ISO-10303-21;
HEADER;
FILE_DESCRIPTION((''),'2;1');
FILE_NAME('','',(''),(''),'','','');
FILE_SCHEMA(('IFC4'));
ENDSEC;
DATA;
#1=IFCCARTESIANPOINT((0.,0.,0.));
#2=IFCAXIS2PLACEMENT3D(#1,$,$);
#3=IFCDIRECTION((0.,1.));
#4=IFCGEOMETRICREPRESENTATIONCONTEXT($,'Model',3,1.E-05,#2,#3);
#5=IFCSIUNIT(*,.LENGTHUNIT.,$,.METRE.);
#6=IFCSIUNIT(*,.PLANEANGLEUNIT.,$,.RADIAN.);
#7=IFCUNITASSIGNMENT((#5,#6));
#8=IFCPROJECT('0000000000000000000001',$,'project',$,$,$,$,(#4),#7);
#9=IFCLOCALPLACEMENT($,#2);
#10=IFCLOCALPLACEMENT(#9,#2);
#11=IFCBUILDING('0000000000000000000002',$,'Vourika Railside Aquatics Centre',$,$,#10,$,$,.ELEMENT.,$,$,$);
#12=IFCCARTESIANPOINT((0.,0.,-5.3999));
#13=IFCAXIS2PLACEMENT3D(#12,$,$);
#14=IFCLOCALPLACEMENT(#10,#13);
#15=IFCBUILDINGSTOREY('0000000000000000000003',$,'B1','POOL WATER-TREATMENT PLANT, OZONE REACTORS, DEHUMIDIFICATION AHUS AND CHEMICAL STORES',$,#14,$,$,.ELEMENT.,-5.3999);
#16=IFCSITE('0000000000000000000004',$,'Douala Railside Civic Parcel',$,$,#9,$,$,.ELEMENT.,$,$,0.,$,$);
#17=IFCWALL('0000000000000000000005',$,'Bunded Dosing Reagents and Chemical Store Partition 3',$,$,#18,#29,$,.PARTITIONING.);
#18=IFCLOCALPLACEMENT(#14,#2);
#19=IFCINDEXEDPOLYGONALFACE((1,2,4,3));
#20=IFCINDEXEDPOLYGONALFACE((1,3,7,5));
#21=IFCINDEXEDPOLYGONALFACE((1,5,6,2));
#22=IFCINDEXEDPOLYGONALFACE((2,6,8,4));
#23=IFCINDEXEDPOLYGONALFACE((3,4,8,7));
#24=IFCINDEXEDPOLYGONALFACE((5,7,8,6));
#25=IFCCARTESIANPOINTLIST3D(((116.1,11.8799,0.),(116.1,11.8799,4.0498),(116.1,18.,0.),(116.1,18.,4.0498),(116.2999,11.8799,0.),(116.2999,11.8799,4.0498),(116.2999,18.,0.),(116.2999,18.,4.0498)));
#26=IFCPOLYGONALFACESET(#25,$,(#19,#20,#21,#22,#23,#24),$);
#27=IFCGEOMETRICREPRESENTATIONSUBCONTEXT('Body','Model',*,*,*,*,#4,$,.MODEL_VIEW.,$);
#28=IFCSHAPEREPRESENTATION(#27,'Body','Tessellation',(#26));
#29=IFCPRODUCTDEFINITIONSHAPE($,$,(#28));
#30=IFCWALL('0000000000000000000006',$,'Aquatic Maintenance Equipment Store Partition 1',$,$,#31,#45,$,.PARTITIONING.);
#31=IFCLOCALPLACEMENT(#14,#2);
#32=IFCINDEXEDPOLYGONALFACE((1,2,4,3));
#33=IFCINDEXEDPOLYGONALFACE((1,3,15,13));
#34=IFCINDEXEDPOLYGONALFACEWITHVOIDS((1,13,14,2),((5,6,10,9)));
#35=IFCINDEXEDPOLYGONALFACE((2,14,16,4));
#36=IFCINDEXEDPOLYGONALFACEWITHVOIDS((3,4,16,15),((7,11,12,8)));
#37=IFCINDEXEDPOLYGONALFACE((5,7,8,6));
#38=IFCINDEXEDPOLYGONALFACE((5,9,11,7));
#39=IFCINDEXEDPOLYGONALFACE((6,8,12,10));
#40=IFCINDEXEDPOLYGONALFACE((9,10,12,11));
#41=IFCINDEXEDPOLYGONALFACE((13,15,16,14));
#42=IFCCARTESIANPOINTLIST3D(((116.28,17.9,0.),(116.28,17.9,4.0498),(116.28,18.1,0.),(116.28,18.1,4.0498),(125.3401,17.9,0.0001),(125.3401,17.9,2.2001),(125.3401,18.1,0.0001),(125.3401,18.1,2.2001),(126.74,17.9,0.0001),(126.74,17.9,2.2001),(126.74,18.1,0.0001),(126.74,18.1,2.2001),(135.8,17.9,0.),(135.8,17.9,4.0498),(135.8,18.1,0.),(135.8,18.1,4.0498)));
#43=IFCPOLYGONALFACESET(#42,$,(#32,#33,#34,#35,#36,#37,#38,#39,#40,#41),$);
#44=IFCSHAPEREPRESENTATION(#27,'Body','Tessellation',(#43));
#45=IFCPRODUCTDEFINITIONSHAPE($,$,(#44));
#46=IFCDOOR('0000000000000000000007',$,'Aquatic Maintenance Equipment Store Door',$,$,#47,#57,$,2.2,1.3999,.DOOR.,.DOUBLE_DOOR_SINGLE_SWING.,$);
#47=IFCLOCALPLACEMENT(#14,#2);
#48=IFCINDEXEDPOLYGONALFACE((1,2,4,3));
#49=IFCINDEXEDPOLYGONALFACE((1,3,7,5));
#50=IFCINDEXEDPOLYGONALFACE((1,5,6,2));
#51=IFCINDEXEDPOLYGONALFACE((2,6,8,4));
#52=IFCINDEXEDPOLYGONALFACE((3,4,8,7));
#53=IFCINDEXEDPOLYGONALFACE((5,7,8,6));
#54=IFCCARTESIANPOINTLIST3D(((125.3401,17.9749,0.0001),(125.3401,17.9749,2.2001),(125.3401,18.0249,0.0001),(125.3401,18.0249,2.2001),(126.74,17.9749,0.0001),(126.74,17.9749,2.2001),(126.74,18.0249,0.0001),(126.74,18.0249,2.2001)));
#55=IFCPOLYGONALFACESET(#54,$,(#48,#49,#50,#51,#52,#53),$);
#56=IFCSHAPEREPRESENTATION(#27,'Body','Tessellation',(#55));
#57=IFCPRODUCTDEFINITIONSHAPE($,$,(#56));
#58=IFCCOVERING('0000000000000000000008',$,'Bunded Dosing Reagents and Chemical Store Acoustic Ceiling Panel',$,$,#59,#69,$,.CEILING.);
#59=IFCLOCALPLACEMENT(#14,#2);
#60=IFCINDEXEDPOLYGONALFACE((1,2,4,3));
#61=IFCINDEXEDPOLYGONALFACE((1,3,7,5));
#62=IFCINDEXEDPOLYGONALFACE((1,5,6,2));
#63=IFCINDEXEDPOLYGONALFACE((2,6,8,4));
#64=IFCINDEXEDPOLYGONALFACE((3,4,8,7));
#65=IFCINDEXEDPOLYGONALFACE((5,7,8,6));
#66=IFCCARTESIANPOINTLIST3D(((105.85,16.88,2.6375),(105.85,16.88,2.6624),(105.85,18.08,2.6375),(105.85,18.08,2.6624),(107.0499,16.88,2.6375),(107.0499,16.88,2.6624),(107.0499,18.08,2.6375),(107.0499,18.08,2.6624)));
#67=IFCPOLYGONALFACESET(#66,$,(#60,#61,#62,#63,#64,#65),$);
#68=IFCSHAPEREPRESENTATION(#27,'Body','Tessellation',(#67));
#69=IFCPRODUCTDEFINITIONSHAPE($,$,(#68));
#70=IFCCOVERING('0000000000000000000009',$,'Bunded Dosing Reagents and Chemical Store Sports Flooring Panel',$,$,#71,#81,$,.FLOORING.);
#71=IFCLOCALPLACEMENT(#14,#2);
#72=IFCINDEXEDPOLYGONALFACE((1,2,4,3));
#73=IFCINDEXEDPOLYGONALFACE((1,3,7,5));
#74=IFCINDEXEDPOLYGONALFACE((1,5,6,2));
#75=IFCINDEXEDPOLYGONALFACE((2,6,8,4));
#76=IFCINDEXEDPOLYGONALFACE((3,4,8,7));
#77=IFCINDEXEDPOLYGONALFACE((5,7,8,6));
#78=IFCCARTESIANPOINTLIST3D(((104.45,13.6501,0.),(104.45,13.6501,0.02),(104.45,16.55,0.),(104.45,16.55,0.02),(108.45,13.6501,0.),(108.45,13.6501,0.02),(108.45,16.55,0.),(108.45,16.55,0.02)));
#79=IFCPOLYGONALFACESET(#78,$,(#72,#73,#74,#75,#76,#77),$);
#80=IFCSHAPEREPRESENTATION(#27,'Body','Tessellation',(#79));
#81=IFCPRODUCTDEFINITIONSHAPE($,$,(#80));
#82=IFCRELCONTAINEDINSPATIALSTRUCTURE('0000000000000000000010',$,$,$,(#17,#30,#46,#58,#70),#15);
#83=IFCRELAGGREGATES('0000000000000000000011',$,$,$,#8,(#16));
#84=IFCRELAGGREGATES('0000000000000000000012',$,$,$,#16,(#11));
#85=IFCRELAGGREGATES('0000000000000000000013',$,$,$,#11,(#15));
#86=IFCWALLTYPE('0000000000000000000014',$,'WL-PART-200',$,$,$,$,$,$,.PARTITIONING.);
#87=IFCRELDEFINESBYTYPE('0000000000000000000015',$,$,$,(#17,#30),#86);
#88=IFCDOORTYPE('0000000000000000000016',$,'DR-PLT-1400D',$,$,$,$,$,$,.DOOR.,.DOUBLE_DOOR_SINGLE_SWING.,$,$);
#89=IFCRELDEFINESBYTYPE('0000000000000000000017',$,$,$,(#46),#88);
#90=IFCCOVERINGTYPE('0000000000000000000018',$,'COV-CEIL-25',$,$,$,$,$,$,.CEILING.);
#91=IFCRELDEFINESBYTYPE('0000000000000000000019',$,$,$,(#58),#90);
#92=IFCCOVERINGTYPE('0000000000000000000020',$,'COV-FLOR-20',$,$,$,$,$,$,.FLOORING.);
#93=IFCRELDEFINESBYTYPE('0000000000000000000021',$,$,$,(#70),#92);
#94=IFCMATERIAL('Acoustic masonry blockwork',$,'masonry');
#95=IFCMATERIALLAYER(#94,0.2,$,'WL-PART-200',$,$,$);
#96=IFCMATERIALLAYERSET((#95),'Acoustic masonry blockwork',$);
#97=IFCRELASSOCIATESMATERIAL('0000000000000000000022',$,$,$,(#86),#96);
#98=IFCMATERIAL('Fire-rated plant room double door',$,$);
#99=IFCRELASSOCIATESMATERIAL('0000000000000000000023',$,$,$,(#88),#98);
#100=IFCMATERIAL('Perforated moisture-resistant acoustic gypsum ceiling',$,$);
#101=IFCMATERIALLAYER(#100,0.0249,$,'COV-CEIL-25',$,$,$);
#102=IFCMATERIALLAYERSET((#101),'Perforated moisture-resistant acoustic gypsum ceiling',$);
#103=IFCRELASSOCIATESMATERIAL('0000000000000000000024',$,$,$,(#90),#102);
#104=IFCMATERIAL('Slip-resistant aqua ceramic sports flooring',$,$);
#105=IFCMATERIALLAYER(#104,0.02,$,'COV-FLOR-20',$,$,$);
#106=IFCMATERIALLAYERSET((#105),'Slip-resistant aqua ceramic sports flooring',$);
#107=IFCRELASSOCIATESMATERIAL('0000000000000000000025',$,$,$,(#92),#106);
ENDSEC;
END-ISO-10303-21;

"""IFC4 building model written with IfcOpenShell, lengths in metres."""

from ifc_helpers import new_model, si_unit, direction, frame, frame_2d, origin, origin_2d, place, context, subcontext, project, spatial, rectangle, extrude, material, layer, layer_set, type_object, element, fill, save


model = new_model("IFC4")

# Units and contexts
model_context = context("Model", 3, precision=1e-05, world=origin(), true_north=direction((0.0, 1.0)))
body_context = subcontext(model_context, "Body", "Model", "MODEL_VIEW")
ifc_project = project(units=[si_unit("LENGTHUNIT", "METRE"), si_unit("PLANEANGLEUNIT", "RADIAN")], contexts=[model_context])

# Site, building, storey
site_placement = place(None, origin())
site = spatial("IfcSite", under=ifc_project, at=site_placement, Name="Douala Railside Civic Parcel", CompositionType="ELEMENT", RefElevation=0.0)
building_placement = place(site_placement, origin())
building = spatial("IfcBuilding", under=site, at=building_placement, Name="Vourika Railside Aquatics Centre", CompositionType="ELEMENT")
storey_placement = place(building_placement, frame((0.0, 0.0, -5.3999)))
storey = spatial("IfcBuildingStorey", under=building, at=storey_placement, Name="B1", Description="POOL WATER-TREATMENT PLANT, OZONE REACTORS, DEHUMIDIFICATION AHUS AND CHEMICAL STORES", CompositionType="ELEMENT", Elevation=-5.3999)

# Wall
ifc_material_1 = material(Name="Acoustic masonry blockwork", Category="masonry")
ifc_layer_1 = layer(ifc_material_1, 0.2, Name="WL-PART-200")
ifc_layer_set_1 = layer_set([ifc_layer_1], Name="Acoustic masonry blockwork")
wall_type_1 = type_object("IfcWallType", Name="WL-PART-200", PredefinedType="PARTITIONING", material=ifc_layer_set_1)
wall_1_placement = place(storey_placement, frame((116.2, 18.0, 0.0), z_axis=(0.0, 0.0, 1.0), x_axis=(0.0, -1.0, 0.0)))
element("IfcWall", 1, at=wall_1_placement, inside=storey, type_object=wall_type_1, Name="Bunded Dosing Reagents and Chemical Store Partition 3", PredefinedType="PARTITIONING", context=body_context, shape_type="SweptSolid", body=[
    extrude(rectangle(XDim=6.1201, YDim=0.2, at=frame_2d((3.0601, 0.0))), origin(), (0.0, 0.0, 1.0), 4.0498),
])

# Wall, opening, door
wall_2_placement = place(storey_placement, frame((116.28, 18.0, 0.0), z_axis=(0.0, 0.0, 1.0), x_axis=(1.0, 0.0, 0.0)))
wall_2 = element("IfcWall", 2, at=wall_2_placement, inside=storey, type_object=wall_type_1, Name="Aquatic Maintenance Equipment Store Partition 1", PredefinedType="PARTITIONING", context=body_context, shape_type="SweptSolid", body=[
    extrude(rectangle(XDim=19.52, YDim=0.2, at=frame_2d((9.76, 0.0))), origin(), (0.0, 0.0, 1.0), 4.0498),
])
opening_placement = place(wall_2_placement, frame((9.0601, 0.0, 0.0)))
opening = element("IfcOpeningElement", 3, at=opening_placement, cuts=wall_2, PredefinedType="OPENING", context=body_context, shape_type="SweptSolid", body=[
    extrude(rectangle(XDim=1.3999, YDim=2.2, at=frame_2d((0.7, 1.1001))), frame((0.0, 0.1099, 0.0), z_axis=(0.0, -1.0, 0.0), x_axis=(1.0, 0.0, 0.0)), (0.0, 0.0, 1.0), 0.22),
])
ifc_material_2 = material(Name="Fire-rated plant room double door")
door_type = type_object("IfcDoorType", Name="DR-PLT-1400D", OperationType="DOUBLE_DOOR_SINGLE_SWING", PredefinedType="DOOR", material=ifc_material_2)
door_placement = place(opening_placement, origin())
door = element("IfcDoor", 4, at=door_placement, inside=storey, type_object=door_type, Name="Aquatic Maintenance Equipment Store Door", OperationType="DOUBLE_DOOR_SINGLE_SWING", OverallHeight=2.2, OverallWidth=1.3999, PredefinedType="DOOR", context=body_context, shape_type="SweptSolid", body=[
    extrude(rectangle(XDim=1.3999, YDim=2.2, at=frame_2d((0.7, 1.1001))), frame((0.0, 0.0249, 0.0), z_axis=(0.0, -1.0, 0.0), x_axis=(1.0, 0.0, 0.0)), (0.0, 0.0, 1.0), 0.05),
])
fill(opening, door)

# Coverings
ifc_material_3 = material(Name="Perforated moisture-resistant acoustic gypsum ceiling")
ifc_layer_2 = layer(ifc_material_3, 0.0249, Name="COV-CEIL-25")
ifc_layer_set_2 = layer_set([ifc_layer_2], Name="Perforated moisture-resistant acoustic gypsum ceiling")
covering_type_1 = type_object("IfcCoveringType", Name="COV-CEIL-25", PredefinedType="CEILING", material=ifc_layer_set_2)
covering_1_placement = place(storey_placement, frame((106.45, 17.48, 2.6375), z_axis=(0.0, 0.0, 1.0), x_axis=(1.0, 0.0, 0.0)))
element("IfcCovering", 5, at=covering_1_placement, inside=storey, type_object=covering_type_1, Name="Bunded Dosing Reagents and Chemical Store Acoustic Ceiling Panel", PredefinedType="CEILING", context=body_context, shape_type="SweptSolid", body=[
    extrude(rectangle(XDim=1.2, YDim=1.2, at=origin_2d()), origin(), (0.0, 0.0, 1.0), 0.0249),
])
ifc_material_4 = material(Name="Slip-resistant aqua ceramic sports flooring")
ifc_layer_3 = layer(ifc_material_4, 0.02, Name="COV-FLOR-20")
ifc_layer_set_3 = layer_set([ifc_layer_3], Name="Slip-resistant aqua ceramic sports flooring")
covering_type_2 = type_object("IfcCoveringType", Name="COV-FLOR-20", PredefinedType="FLOORING", material=ifc_layer_set_3)
covering_2_placement = place(storey_placement, frame((106.45, 15.1001, 0.0), z_axis=(0.0, 0.0, 1.0), x_axis=(1.0, 0.0, 0.0)))
element("IfcCovering", 6, at=covering_2_placement, inside=storey, type_object=covering_type_2, Name="Bunded Dosing Reagents and Chemical Store Sports Flooring Panel", PredefinedType="FLOORING", context=body_context, shape_type="SweptSolid", body=[
    extrude(rectangle(XDim=4.0, YDim=2.8999, at=origin_2d()), origin(), (0.0, 0.0, 1.0), 0.02),
])

save(model, "model.ifc")
